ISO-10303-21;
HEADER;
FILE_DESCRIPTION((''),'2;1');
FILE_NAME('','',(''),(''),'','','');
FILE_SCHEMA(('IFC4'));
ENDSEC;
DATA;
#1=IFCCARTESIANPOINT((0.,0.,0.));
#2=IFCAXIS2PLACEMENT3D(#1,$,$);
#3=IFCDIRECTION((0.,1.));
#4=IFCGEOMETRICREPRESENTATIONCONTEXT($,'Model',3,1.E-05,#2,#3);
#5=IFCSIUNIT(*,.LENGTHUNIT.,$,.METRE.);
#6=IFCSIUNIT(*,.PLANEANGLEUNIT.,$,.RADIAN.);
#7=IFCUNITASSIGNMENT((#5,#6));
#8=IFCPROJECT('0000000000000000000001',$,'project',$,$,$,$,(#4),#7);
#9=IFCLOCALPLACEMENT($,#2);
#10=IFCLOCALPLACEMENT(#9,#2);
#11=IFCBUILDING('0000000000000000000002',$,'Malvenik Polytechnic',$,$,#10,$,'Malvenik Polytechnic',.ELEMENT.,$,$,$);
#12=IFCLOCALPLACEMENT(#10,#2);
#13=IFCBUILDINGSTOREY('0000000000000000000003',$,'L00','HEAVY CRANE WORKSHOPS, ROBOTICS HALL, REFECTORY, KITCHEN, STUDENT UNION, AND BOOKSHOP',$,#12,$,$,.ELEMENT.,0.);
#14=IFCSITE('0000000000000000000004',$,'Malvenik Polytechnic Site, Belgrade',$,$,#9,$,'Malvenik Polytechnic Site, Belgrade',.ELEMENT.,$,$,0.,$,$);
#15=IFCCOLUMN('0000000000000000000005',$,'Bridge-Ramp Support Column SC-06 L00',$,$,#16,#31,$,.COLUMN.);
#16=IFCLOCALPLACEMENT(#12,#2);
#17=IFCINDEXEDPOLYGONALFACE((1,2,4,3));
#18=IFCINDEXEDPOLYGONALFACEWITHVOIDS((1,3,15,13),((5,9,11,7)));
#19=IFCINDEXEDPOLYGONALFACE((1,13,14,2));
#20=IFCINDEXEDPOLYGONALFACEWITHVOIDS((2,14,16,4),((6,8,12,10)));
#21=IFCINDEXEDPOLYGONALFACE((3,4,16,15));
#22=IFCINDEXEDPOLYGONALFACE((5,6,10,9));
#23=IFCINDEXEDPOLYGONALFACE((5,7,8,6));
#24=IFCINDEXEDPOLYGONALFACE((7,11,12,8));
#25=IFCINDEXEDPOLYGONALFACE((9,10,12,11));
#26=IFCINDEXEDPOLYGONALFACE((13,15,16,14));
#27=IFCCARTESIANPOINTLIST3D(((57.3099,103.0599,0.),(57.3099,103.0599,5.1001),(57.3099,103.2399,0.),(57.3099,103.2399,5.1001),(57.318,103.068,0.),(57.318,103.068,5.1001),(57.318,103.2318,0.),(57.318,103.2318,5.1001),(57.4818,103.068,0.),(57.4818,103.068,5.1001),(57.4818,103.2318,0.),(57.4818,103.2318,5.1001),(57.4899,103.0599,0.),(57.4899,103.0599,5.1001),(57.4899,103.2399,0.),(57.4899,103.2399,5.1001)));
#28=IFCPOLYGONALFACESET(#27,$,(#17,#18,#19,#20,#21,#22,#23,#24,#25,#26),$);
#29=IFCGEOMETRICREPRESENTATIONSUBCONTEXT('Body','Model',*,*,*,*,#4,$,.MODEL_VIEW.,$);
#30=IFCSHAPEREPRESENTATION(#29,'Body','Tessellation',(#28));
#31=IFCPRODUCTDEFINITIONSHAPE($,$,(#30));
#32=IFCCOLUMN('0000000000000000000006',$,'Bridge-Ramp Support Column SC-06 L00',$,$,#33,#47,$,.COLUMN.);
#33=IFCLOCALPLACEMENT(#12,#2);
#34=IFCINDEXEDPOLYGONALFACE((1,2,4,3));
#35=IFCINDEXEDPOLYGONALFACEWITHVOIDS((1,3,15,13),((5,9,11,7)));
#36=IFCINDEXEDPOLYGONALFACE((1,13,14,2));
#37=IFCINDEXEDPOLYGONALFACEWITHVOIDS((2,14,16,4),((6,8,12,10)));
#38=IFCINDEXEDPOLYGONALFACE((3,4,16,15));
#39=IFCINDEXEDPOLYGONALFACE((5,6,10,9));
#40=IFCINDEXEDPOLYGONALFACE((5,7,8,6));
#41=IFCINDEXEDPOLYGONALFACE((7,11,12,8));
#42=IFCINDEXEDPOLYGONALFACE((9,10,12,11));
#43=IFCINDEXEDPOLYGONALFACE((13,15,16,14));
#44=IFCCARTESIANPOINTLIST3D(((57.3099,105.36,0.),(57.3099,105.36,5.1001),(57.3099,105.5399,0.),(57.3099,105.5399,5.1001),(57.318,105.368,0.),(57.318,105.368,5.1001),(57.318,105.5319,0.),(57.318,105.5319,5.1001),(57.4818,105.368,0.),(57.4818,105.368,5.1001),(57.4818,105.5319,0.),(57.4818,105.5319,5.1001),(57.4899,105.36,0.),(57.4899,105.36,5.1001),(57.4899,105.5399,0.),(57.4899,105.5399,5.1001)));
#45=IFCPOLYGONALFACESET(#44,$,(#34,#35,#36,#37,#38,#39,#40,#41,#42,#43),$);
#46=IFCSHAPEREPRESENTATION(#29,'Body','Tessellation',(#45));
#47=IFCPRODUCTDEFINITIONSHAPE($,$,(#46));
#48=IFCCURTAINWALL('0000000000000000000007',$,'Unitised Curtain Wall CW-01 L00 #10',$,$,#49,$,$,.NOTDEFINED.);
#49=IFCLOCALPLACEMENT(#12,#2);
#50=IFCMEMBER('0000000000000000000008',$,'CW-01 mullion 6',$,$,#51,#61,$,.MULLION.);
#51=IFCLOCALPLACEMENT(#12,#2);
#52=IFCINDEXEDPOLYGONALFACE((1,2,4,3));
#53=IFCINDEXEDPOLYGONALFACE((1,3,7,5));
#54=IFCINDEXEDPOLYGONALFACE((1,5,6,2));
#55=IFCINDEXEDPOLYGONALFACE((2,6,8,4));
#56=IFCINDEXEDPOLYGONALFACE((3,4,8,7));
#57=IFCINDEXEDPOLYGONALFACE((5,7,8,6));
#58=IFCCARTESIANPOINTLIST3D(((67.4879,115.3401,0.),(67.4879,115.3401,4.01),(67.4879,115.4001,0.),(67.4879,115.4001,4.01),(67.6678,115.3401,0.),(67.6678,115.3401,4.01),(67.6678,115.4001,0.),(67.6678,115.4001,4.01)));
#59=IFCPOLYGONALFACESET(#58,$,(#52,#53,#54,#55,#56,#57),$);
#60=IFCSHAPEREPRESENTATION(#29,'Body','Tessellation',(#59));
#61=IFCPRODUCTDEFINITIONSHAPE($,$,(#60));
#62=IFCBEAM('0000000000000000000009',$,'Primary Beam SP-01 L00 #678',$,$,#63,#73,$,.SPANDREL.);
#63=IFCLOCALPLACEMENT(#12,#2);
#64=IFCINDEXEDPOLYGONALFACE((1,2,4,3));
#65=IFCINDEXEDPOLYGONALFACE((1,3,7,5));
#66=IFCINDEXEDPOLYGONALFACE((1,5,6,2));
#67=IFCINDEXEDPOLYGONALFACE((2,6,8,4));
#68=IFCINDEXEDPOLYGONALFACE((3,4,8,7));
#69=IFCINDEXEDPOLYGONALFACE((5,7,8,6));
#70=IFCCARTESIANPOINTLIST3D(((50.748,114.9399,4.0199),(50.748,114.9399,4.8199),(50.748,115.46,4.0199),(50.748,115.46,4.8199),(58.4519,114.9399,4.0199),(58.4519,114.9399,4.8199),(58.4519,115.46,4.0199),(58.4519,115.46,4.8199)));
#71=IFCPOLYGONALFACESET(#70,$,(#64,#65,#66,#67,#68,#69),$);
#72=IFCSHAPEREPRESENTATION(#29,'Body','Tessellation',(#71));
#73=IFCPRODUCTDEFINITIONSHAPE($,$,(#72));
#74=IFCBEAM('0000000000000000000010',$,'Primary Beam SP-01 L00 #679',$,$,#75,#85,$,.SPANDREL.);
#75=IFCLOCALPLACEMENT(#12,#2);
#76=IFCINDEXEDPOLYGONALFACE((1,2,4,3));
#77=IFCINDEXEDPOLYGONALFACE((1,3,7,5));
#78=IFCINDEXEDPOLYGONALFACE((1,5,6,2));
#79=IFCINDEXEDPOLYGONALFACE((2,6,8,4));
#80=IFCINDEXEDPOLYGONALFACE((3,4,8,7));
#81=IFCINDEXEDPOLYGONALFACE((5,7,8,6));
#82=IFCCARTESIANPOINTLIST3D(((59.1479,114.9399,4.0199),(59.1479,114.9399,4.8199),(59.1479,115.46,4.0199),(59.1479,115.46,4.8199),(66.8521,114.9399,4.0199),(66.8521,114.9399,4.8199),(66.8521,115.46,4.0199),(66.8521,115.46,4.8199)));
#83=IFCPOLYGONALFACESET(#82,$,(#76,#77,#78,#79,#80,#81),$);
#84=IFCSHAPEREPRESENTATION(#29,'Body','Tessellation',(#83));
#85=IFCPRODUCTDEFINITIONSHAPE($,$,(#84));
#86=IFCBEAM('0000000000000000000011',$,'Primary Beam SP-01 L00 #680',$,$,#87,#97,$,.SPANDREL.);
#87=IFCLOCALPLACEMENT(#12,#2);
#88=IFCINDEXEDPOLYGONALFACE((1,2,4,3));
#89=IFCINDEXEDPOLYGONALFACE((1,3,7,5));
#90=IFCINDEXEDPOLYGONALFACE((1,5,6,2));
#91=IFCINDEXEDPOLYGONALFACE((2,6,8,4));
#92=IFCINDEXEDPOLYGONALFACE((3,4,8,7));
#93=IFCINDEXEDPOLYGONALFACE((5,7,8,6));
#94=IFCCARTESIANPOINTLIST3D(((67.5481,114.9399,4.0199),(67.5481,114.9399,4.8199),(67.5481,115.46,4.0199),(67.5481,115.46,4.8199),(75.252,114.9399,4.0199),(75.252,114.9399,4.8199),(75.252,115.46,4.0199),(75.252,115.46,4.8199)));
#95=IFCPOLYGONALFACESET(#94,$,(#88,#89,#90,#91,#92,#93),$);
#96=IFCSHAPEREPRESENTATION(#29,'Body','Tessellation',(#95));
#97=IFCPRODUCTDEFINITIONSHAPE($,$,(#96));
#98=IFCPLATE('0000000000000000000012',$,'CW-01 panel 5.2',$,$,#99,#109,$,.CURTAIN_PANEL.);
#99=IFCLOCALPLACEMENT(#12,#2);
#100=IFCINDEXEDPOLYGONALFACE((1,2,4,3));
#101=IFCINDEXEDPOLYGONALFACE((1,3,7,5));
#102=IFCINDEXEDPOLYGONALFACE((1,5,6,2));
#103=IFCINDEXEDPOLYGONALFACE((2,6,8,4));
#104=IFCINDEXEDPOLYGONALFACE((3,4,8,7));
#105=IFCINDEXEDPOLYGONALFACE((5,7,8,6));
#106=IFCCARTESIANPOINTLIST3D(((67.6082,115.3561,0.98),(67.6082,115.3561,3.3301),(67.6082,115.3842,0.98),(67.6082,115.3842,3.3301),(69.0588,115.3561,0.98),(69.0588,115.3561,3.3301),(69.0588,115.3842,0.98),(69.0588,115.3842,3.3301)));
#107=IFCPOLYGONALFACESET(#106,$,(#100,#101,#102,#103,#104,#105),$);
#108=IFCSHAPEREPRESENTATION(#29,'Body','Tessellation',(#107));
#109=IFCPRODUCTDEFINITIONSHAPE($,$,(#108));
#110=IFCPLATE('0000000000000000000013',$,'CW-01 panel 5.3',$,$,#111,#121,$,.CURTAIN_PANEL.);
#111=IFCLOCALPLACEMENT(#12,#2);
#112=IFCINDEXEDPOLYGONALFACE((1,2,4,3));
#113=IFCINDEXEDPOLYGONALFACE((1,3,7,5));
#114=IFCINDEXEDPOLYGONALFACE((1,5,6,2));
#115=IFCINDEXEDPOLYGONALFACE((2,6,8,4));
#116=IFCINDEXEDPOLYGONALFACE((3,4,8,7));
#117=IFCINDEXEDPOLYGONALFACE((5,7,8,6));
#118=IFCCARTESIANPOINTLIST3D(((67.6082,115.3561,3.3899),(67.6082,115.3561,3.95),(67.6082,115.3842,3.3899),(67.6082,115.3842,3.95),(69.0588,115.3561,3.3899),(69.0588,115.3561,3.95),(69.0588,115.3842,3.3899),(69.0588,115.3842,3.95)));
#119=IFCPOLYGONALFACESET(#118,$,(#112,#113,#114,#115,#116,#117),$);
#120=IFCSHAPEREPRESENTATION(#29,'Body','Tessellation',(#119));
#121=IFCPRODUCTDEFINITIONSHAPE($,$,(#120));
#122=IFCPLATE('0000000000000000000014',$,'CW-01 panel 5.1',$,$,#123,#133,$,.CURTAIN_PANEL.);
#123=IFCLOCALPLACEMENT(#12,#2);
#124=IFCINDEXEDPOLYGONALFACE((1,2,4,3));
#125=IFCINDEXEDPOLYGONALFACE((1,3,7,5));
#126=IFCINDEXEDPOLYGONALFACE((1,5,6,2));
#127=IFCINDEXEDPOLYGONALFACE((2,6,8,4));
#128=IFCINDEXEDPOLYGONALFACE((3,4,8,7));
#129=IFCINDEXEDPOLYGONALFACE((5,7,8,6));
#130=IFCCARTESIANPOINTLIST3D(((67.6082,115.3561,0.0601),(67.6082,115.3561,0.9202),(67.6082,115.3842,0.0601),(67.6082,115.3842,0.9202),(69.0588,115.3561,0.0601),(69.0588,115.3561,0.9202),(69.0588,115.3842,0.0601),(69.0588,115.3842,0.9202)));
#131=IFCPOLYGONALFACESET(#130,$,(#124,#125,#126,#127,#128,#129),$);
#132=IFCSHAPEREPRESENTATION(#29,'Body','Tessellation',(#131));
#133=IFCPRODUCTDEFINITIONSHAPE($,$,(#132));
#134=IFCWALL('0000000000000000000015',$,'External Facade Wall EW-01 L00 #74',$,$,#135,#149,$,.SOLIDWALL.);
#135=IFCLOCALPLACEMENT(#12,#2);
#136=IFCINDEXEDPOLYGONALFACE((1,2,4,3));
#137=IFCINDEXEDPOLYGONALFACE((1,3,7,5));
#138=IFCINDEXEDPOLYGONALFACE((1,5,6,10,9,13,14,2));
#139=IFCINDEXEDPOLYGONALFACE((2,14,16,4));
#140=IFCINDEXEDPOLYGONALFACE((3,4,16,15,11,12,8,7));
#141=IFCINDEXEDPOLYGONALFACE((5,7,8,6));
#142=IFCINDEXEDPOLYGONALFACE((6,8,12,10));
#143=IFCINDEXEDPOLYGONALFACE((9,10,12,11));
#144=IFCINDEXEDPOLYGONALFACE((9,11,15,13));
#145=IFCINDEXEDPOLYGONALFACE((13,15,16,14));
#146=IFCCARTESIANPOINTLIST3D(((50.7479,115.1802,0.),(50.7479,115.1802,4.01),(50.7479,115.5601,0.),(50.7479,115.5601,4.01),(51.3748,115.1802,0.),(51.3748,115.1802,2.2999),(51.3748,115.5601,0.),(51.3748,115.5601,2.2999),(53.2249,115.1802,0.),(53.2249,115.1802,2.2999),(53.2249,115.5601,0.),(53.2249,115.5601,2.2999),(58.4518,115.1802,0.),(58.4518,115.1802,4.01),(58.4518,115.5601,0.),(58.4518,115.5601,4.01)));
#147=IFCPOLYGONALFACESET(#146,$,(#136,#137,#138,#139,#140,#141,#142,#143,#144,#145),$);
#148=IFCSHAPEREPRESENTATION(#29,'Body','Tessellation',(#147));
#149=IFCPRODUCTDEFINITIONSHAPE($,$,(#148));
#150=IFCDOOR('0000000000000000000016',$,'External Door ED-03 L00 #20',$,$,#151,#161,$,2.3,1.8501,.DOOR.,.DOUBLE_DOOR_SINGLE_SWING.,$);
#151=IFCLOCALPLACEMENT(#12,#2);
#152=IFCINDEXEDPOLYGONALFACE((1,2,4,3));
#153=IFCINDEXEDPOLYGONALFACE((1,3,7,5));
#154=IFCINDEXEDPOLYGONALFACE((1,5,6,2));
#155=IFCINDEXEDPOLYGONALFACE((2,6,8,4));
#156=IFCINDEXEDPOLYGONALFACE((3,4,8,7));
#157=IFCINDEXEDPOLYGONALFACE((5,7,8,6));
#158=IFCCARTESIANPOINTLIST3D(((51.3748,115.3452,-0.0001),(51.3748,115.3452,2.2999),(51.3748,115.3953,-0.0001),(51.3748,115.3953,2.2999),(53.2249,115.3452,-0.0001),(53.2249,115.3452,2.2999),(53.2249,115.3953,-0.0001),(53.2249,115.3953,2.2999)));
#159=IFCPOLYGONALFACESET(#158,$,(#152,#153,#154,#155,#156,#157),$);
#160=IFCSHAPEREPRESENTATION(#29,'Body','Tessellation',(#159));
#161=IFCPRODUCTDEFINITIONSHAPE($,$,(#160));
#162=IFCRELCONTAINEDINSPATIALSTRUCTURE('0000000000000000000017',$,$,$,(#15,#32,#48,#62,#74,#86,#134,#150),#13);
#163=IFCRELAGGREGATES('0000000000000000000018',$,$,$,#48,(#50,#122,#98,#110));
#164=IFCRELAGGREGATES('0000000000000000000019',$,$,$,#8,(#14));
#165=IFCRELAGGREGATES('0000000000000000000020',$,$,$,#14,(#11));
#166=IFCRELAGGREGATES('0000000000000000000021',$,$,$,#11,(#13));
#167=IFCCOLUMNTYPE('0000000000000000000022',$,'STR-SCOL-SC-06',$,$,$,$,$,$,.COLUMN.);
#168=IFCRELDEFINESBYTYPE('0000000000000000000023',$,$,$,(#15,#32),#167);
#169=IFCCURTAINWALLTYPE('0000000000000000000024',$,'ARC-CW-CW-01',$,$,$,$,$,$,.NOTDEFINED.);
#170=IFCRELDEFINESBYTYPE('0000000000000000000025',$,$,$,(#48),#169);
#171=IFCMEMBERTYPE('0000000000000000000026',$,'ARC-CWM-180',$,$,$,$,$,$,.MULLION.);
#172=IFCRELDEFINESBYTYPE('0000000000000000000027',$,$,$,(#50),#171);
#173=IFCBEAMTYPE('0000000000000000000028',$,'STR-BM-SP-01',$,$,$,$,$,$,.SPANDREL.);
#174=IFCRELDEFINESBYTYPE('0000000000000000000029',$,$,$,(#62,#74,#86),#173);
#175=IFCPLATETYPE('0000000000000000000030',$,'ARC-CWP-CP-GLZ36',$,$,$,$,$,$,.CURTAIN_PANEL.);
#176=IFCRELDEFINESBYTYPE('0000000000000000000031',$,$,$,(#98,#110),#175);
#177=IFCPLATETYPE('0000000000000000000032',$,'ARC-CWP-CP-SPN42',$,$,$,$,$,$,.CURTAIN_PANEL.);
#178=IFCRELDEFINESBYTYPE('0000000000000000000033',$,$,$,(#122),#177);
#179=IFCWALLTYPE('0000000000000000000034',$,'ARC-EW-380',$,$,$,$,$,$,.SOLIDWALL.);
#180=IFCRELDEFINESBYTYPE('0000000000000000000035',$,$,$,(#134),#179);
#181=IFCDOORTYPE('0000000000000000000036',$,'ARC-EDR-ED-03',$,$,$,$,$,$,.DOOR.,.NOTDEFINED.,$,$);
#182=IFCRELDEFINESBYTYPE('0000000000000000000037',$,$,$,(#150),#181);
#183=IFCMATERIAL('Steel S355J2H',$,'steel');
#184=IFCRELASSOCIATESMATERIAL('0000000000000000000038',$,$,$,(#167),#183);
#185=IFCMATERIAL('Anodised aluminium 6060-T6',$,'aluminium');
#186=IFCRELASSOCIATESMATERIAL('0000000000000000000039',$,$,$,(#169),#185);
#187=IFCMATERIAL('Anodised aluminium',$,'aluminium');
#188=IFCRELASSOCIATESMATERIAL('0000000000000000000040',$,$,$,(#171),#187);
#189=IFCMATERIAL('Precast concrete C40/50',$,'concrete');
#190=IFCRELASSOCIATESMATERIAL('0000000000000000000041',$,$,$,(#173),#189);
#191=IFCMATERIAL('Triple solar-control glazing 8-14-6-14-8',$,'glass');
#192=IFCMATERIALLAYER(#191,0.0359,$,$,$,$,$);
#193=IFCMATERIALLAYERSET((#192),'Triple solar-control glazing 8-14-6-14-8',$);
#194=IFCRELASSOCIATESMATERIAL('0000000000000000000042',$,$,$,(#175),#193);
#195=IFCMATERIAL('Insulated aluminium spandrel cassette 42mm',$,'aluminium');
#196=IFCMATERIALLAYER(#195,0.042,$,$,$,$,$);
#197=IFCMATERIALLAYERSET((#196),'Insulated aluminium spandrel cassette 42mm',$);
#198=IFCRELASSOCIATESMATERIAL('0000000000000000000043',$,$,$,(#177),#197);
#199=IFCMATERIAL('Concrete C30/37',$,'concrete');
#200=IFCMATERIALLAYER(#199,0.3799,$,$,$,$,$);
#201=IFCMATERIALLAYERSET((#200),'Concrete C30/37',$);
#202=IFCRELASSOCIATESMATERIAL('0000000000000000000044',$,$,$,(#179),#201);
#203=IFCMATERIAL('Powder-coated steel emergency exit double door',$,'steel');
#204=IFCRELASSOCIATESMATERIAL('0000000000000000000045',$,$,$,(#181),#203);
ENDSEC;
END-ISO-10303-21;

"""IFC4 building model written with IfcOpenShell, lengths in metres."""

from ifc_helpers import new_model, si_unit, direction, frame, frame_2d, origin, origin_2d, place, context, subcontext, project, spatial, rectangle, hollow_rectangle, extrude, material, layer, layer_set, material_profile, profile_set, type_object, element, fill, aggregate, save


model = new_model("IFC4")

# Units and contexts
model_context = context("Model", 3, precision=1e-05, world=origin(), true_north=direction((0.0, 1.0)))
body_context = subcontext(model_context, "Body", "Model", "MODEL_VIEW")
ifc_project = project(units=[si_unit("LENGTHUNIT", "METRE"), si_unit("PLANEANGLEUNIT", "RADIAN")], contexts=[model_context])

# Site, building, storey
site_placement = place(None, origin())
site = spatial("IfcSite", under=ifc_project, at=site_placement, Name="Malvenik Polytechnic Site, Belgrade", LongName="Malvenik Polytechnic Site, Belgrade", CompositionType="ELEMENT", RefElevation=0.0)
building_placement = place(site_placement, origin())
building = spatial("IfcBuilding", under=site, at=building_placement, Name="Malvenik Polytechnic", LongName="Malvenik Polytechnic", CompositionType="ELEMENT")
storey_placement = place(building_placement, origin())
storey = spatial("IfcBuildingStorey", under=building, at=storey_placement, Name="L00", Description="HEAVY CRANE WORKSHOPS, ROBOTICS HALL, REFECTORY, KITCHEN, STUDENT UNION, AND BOOKSHOP", CompositionType="ELEMENT", Elevation=0.0)

# Columns
ifc_material_1 = material(Name="Steel S355J2H", Category="steel")
ifc_material_profile_1 = material_profile(ifc_material_1, hollow_rectangle(XDim=0.1799, YDim=0.1799, WallThickness=0.0081, at=origin_2d()), Name="SHS 180x180x8.0")
ifc_profile_set_1 = profile_set([ifc_material_profile_1], Name="Steel S355J2H")
column_type_1 = type_object("IfcColumnType", Name="STR-SCOL-SC-06", PredefinedType="COLUMN", material=ifc_profile_set_1)
for number, where, z_axis, x_axis, name in (
    (1, (57.3999, 103.1499, 0.0), (0.0, 0.0, 1.0), (1.0, 0.0, 0.0), "Bridge-Ramp Support Column SC-06 L00"),
    (2, (57.3999, 105.45, 0.0), (0.0, 0.0, 1.0), (1.0, 0.0, 0.0), "Bridge-Ramp Support Column SC-06 L00"),
):
    element("IfcColumn", number, at=place(storey_placement, frame(where, z_axis=z_axis, x_axis=x_axis)), inside=storey, type_object=column_type_1, Name=name, PredefinedType="COLUMN", context=body_context, shape_type="SweptSolid", body=[
        extrude(hollow_rectangle(XDim=0.1799, YDim=0.1799, WallThickness=0.0081, at=origin_2d()), origin(), (0.0, 0.0, 1.0), 5.1001),
    ])

# Curtain wall, member
ifc_material_2 = material(Name="Anodised aluminium 6060-T6", Category="aluminium")
curtain_wall_type = type_object("IfcCurtainWallType", Name="ARC-CW-CW-01", PredefinedType="NOTDEFINED", material=ifc_material_2)
curtain_wall_placement = place(storey_placement, origin())
curtain_wall = element("IfcCurtainWall", 3, at=curtain_wall_placement, inside=storey, type_object=curtain_wall_type, Name="Unitised Curtain Wall CW-01 L00 #10", PredefinedType="NOTDEFINED")
ifc_material_3 = material(Name="Anodised aluminium", Category="aluminium")
ifc_material_profile_2 = material_profile(ifc_material_3, rectangle(XDim=0.0601, YDim=0.1799, at=origin_2d()), Name="ALU MULLION 60x180")
ifc_profile_set_2 = profile_set([ifc_material_profile_2], Name="Anodised aluminium")
member_type = type_object("IfcMemberType", Name="ARC-CWM-180", PredefinedType="MULLION", material=ifc_profile_set_2)
member_placement = place(storey_placement, frame((67.5779, 115.3701, 0.0), z_axis=(0.0, 0.0, 1.0), x_axis=(0.0, -1.0, 0.0)))
member = element("IfcMember", 4, at=member_placement, type_object=member_type, Name="CW-01 mullion 6", PredefinedType="MULLION", context=body_context, shape_type="SweptSolid", body=[
    extrude(rectangle(XDim=0.0601, YDim=0.1799, at=origin_2d()), origin(), (0.0, 0.0, 1.0), 4.01),
])

# Beams
ifc_material_4 = material(Name="Precast concrete C40/50", Category="concrete")
ifc_material_profile_3 = material_profile(ifc_material_4, rectangle(XDim=0.52, YDim=0.8, at=origin_2d()), Name="PC SPN 520x800")
ifc_profile_set_3 = profile_set([ifc_material_profile_3], Name="Precast concrete C40/50")
beam_type = type_object("IfcBeamType", Name="STR-BM-SP-01", PredefinedType="SPANDREL", material=ifc_profile_set_3)
beam_1_placement = place(storey_placement, frame((50.748, 115.2, 4.4199), z_axis=(1.0, 0.0, 0.0), x_axis=(0.0, 1.0, 0.0)))
element("IfcBeam", 5, at=beam_1_placement, inside=storey, type_object=beam_type, Name="Primary Beam SP-01 L00 #678", PredefinedType="SPANDREL", context=body_context, shape_type="SweptSolid", body=[
    extrude(rectangle(XDim=0.52, YDim=0.8, at=origin_2d()), origin(), (0.0, 0.0, 1.0), 7.7039),
])
beam_2_placement = place(storey_placement, frame((59.1479, 115.2, 4.4199), z_axis=(1.0, 0.0, 0.0), x_axis=(0.0, 1.0, 0.0)))
element("IfcBeam", 6, at=beam_2_placement, inside=storey, type_object=beam_type, Name="Primary Beam SP-01 L00 #679", PredefinedType="SPANDREL", context=body_context, shape_type="SweptSolid", body=[
    extrude(rectangle(XDim=0.52, YDim=0.8, at=origin_2d()), origin(), (0.0, 0.0, 1.0), 7.7041),
])
beam_3_placement = place(storey_placement, frame((67.5481, 115.2, 4.4199), z_axis=(1.0, 0.0, 0.0), x_axis=(0.0, 1.0, 0.0)))
element("IfcBeam", 7, at=beam_3_placement, inside=storey, type_object=beam_type, Name="Primary Beam SP-01 L00 #680", PredefinedType="SPANDREL", context=body_context, shape_type="SweptSolid", body=[
    extrude(rectangle(XDim=0.52, YDim=0.8, at=origin_2d()), origin(), (0.0, 0.0, 1.0), 7.7039),
])

# Plates
ifc_material_5 = material(Name="Triple solar-control glazing 8-14-6-14-8", Category="glass")
ifc_layer_1 = layer(ifc_material_5, 0.0359)
ifc_layer_set_1 = layer_set([ifc_layer_1], Name="Triple solar-control glazing 8-14-6-14-8")
plate_type_1 = type_object("IfcPlateType", Name="ARC-CWP-CP-GLZ36", PredefinedType="CURTAIN_PANEL", material=ifc_layer_set_1)
plate_1_placement = place(storey_placement, frame((68.3335, 115.3701, 0.98), z_axis=(0.0, 0.0, 1.0), x_axis=(-1.0, 0.0, 0.0)))
plate_1 = element("IfcPlate", 8, at=plate_1_placement, type_object=plate_type_1, Name="CW-01 panel 5.2", PredefinedType="CURTAIN_PANEL", context=body_context, shape_type="SweptSolid", body=[
    extrude(rectangle(XDim=1.4507, YDim=0.0281, at=origin_2d()), origin(), (0.0, 0.0, 1.0), 2.3501),
])
plate_2_placement = place(storey_placement, frame((68.3335, 115.3701, 3.3899), z_axis=(0.0, 0.0, 1.0), x_axis=(-1.0, 0.0, 0.0)))
plate_2 = element("IfcPlate", 9, at=plate_2_placement, type_object=plate_type_1, Name="CW-01 panel 5.3", PredefinedType="CURTAIN_PANEL", context=body_context, shape_type="SweptSolid", body=[
    extrude(rectangle(XDim=1.4507, YDim=0.0281, at=origin_2d()), origin(), (0.0, 0.0, 1.0), 0.5601),
])
ifc_material_6 = material(Name="Insulated aluminium spandrel cassette 42mm", Category="aluminium")
ifc_layer_2 = layer(ifc_material_6, 0.042)
ifc_layer_set_2 = layer_set([ifc_layer_2], Name="Insulated aluminium spandrel cassette 42mm")
plate_type_2 = type_object("IfcPlateType", Name="ARC-CWP-CP-SPN42", PredefinedType="CURTAIN_PANEL", material=ifc_layer_set_2)
plate_3_placement = place(storey_placement, frame((68.3335, 115.3701, 0.0601), z_axis=(0.0, 0.0, 1.0), x_axis=(-1.0, 0.0, 0.0)))
plate_3 = element("IfcPlate", 10, at=plate_3_placement, type_object=plate_type_2, Name="CW-01 panel 5.1", PredefinedType="CURTAIN_PANEL", context=body_context, shape_type="SweptSolid", body=[
    extrude(rectangle(XDim=1.4507, YDim=0.0281, at=origin_2d()), origin(), (0.0, 0.0, 1.0), 0.8601),
])
aggregate(curtain_wall, [member, plate_3, plate_1, plate_2])

# Wall, opening, door
ifc_material_7 = material(Name="Concrete C30/37", Category="concrete")
ifc_layer_3 = layer(ifc_material_7, 0.3799)
ifc_layer_set_3 = layer_set([ifc_layer_3], Name="Concrete C30/37")
wall_type = type_object("IfcWallType", Name="ARC-EW-380", PredefinedType="SOLIDWALL", material=ifc_layer_set_3)
wall_1_placement = place(storey_placement, frame((58.4519, 115.3701, 0.0), z_axis=(0.0, 0.0, 1.0), x_axis=(-1.0, 0.0, 0.0)))
wall_1 = element("IfcWall", 11, at=wall_1_placement, inside=storey, type_object=wall_type, Name="External Facade Wall EW-01 L00 #74", PredefinedType="SOLIDWALL", context=body_context, shape_type="SweptSolid", body=[
    extrude(rectangle(XDim=7.7039, YDim=0.3799, at=frame_2d((3.8521, 0.0))), origin(), (0.0, 0.0, 1.0), 4.01),
])
opening_1_placement = place(wall_1_placement, frame((5.2271, 0.0, 0.0)))
opening_1 = element("IfcOpeningElement", 12, at=opening_1_placement, cuts=wall_1, PredefinedType="OPENING", context=body_context, shape_type="SweptSolid", body=[
    extrude(rectangle(XDim=1.8501, YDim=2.3, at=frame_2d((0.925, 1.1499))), frame((0.0, 0.2, 0.0), z_axis=(0.0, -1.0, 0.0), x_axis=(1.0, 0.0, 0.0)), (0.0, 0.0, 1.0), 0.3999),
])
ifc_material_8 = material(Name="Powder-coated steel emergency exit double door", Category="steel")
door_type_1 = type_object("IfcDoorType", Name="ARC-EDR-ED-03", OperationType="NOTDEFINED", PredefinedType="DOOR", material=ifc_material_8)
door_1_placement = place(opening_1_placement, origin())
door_1 = element("IfcDoor", 13, at=door_1_placement, inside=storey, type_object=door_type_1, Name="External Door ED-03 L00 #20", OperationType="DOUBLE_DOOR_SINGLE_SWING", OverallHeight=2.3, OverallWidth=1.8501, PredefinedType="DOOR", context=body_context, shape_type="SweptSolid", body=[
    extrude(rectangle(XDim=1.8501, YDim=2.3, at=frame_2d((0.925, 1.1499))), frame((0.0, 0.0249, 0.0), z_axis=(0.0, -1.0, 0.0), x_axis=(1.0, 0.0, 0.0)), (0.0, 0.0, 1.0), 0.05),
])
fill(opening_1, door_1)

save(model, "model.ifc")
